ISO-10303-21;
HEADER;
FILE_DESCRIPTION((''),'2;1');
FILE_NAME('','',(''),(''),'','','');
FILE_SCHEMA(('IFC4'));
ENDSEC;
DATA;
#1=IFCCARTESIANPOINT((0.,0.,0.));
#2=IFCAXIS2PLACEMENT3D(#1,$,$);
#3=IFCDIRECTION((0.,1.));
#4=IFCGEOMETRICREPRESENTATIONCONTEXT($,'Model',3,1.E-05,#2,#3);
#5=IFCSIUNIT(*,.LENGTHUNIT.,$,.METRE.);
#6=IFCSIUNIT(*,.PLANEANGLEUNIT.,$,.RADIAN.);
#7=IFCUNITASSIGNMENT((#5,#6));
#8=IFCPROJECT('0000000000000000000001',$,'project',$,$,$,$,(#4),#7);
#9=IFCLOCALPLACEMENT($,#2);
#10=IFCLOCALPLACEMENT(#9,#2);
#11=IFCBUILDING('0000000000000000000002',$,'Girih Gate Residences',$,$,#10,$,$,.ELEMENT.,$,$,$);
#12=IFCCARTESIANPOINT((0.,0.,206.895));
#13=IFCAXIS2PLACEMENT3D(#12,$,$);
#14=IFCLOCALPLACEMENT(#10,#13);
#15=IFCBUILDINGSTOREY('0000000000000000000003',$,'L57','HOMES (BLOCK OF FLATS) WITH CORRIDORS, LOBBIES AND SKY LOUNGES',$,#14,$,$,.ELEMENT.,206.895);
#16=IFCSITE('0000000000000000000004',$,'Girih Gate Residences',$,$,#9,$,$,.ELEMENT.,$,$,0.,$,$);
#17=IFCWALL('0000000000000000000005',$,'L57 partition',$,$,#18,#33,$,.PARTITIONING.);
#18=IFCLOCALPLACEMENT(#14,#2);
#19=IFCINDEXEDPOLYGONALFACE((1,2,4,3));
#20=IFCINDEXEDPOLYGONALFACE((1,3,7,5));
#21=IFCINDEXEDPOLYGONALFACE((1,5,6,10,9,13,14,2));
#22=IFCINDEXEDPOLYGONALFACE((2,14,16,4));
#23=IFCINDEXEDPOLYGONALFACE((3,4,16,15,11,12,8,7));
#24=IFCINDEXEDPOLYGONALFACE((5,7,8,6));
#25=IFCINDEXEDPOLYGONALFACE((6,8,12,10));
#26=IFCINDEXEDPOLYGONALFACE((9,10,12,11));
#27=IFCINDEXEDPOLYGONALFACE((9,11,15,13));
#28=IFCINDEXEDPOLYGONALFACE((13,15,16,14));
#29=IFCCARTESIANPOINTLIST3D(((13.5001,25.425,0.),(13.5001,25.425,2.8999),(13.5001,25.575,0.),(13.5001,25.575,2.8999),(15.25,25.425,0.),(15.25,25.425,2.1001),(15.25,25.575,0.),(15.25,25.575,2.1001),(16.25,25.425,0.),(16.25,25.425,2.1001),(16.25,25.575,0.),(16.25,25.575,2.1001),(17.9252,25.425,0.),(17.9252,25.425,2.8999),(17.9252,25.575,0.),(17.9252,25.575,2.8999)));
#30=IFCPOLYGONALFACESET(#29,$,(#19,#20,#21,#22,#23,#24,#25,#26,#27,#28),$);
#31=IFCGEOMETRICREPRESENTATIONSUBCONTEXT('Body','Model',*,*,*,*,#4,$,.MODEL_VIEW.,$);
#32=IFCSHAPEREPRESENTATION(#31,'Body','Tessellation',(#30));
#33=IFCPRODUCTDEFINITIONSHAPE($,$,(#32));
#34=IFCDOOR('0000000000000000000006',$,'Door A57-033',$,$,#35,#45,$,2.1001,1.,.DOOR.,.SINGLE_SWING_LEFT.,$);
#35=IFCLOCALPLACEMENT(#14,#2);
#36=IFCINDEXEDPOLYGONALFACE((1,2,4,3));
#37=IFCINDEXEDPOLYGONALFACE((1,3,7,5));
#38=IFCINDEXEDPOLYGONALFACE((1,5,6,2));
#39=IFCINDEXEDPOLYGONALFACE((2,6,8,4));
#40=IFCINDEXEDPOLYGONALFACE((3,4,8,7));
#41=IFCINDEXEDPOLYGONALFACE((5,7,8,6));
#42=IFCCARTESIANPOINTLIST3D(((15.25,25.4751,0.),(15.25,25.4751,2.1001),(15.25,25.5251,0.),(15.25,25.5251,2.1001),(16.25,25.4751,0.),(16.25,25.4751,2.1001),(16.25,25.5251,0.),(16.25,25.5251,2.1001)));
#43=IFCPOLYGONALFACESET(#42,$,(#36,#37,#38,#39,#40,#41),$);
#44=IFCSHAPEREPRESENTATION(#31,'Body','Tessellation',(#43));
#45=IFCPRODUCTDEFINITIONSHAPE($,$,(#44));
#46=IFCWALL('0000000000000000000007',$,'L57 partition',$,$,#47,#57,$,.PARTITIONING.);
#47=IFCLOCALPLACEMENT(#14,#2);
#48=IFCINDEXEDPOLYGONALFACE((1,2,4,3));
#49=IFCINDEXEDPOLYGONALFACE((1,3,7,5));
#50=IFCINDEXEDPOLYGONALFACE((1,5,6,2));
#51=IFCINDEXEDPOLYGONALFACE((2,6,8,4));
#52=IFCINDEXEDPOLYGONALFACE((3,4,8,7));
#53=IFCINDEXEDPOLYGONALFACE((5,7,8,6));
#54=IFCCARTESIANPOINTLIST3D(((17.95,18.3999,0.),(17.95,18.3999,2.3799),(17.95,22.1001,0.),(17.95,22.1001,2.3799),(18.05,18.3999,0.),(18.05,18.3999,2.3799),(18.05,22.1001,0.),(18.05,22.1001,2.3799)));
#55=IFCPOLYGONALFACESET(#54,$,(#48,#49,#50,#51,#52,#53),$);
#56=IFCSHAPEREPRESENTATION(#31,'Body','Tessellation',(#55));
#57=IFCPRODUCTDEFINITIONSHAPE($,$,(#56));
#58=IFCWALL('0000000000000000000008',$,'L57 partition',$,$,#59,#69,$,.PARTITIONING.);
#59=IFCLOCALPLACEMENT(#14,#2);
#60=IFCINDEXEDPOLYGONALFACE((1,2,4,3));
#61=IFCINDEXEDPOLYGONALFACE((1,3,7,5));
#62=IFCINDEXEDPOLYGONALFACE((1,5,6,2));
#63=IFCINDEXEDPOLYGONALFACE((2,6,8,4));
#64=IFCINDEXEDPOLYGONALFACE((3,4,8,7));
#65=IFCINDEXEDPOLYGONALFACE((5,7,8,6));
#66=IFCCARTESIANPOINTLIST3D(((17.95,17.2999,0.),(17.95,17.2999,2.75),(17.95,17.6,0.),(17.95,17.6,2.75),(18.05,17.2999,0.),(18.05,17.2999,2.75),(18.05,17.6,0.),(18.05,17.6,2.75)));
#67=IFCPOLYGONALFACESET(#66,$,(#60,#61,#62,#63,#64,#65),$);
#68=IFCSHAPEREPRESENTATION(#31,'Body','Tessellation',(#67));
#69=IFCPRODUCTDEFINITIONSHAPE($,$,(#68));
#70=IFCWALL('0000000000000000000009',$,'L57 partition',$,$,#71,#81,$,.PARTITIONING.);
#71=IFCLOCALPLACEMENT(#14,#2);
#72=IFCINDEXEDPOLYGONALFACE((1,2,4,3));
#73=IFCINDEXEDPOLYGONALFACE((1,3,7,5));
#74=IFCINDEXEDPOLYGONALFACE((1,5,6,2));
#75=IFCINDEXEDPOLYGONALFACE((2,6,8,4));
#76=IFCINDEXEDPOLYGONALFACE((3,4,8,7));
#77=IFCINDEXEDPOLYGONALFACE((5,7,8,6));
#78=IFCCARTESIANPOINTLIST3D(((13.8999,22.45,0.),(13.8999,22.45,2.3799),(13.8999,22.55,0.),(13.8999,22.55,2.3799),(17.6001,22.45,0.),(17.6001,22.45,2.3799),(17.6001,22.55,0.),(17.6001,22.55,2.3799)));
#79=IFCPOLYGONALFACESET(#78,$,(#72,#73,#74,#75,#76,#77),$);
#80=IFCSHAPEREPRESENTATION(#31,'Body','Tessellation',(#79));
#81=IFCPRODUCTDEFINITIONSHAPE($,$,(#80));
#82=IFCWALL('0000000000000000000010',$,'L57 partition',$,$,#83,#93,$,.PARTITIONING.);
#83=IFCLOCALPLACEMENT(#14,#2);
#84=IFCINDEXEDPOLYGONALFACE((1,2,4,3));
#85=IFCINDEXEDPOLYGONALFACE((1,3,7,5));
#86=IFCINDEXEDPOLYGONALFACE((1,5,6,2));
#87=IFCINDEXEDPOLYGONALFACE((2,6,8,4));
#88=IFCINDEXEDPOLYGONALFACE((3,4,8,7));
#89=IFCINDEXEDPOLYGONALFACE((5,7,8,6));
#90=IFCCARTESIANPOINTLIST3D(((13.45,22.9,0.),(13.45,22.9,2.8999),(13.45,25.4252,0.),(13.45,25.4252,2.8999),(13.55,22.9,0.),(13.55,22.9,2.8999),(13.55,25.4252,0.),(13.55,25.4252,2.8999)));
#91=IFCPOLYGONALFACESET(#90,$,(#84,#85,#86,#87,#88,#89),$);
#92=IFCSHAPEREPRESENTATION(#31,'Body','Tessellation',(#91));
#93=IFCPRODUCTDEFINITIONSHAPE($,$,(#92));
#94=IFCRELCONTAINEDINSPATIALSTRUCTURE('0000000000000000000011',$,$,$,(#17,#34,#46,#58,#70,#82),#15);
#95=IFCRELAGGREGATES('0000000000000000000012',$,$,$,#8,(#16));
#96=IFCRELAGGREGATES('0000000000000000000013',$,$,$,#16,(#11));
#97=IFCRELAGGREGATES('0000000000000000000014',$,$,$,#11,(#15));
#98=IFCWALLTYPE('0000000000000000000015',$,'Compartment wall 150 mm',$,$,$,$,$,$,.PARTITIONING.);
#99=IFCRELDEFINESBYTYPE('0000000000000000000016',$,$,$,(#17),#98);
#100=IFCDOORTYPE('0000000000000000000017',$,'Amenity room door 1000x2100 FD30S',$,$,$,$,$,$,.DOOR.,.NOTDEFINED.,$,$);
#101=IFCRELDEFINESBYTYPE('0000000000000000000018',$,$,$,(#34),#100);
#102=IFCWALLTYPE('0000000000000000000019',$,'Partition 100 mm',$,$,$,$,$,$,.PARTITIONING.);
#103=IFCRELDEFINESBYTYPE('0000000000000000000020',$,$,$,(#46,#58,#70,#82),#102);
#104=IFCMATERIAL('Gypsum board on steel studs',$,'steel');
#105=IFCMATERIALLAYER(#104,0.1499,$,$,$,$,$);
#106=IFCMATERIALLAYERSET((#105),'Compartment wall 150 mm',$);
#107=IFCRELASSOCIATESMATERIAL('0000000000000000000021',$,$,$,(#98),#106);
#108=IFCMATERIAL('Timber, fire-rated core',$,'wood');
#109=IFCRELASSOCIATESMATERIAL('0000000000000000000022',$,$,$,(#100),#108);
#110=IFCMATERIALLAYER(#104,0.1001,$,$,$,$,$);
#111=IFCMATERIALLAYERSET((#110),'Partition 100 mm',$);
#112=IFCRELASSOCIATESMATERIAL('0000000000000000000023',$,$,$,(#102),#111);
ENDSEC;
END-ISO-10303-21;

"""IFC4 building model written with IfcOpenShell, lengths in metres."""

from ifc_helpers import new_model, si_unit, direction, frame, frame_2d, origin, place, context, subcontext, project, spatial, rectangle, extrude, material, layer, layer_set, type_object, element, fill, save


model = new_model("IFC4")

# Units and contexts
model_context = context("Model", 3, precision=1e-05, world=origin(), true_north=direction((0.0, 1.0)))
body_context = subcontext(model_context, "Body", "Model", "MODEL_VIEW")
ifc_project = project(units=[si_unit("LENGTHUNIT", "METRE"), si_unit("PLANEANGLEUNIT", "RADIAN")], contexts=[model_context])

# Site, building, storey
site_placement = place(None, origin())
site = spatial("IfcSite", under=ifc_project, at=site_placement, Name="Girih Gate Residences", CompositionType="ELEMENT", RefElevation=0.0)
building_placement = place(site_placement, origin())
building = spatial("IfcBuilding", under=site, at=building_placement, Name="Girih Gate Residences", CompositionType="ELEMENT")
storey_placement = place(building_placement, frame((0.0, 0.0, 206.895)))
storey = spatial("IfcBuildingStorey", under=building, at=storey_placement, Name="L57", Description="HOMES (BLOCK OF FLATS) WITH CORRIDORS, LOBBIES AND SKY LOUNGES", CompositionType="ELEMENT", Elevation=206.895)

# Shared definitions
ifc_material_1 = material(Name="Gypsum board on steel studs", Category="steel")
ifc_layer_1 = layer(ifc_material_1, 0.1499)
ifc_layer_set_1 = layer_set([ifc_layer_1], Name="Compartment wall 150 mm")
wall_type_1 = type_object("IfcWallType", Name="Compartment wall 150 mm", PredefinedType="PARTITIONING", material=ifc_layer_set_1)

# Wall, opening, door
ifc_material_2 = material(Name="Timber, fire-rated core", Category="wood")
door_type = type_object("IfcDoorType", Name="Amenity room door 1000x2100 FD30S", OperationType="NOTDEFINED", PredefinedType="DOOR", material=ifc_material_2)
wall_1_placement = place(storey_placement, frame((17.925, 25.5, 0.0), z_axis=(0.0, 0.0, 1.0), x_axis=(-1.0, 0.0, 0.0)))
wall_1 = element("IfcWall", 1, at=wall_1_placement, inside=storey, type_object=wall_type_1, Name="L57 partition", PredefinedType="PARTITIONING", context=body_context, shape_type="SweptSolid", body=[
    extrude(rectangle(XDim=4.425, YDim=0.1499, at=frame_2d((2.2124, 0.0))), origin(), (0.0, 0.0, 1.0), 2.8999),
])
opening_1_placement = place(wall_1_placement, frame((1.675, 0.0, 0.0)))
opening_1 = element("IfcOpeningElement", 2, at=opening_1_placement, cuts=wall_1, PredefinedType="OPENING", context=body_context, shape_type="SweptSolid", body=[
    extrude(rectangle(XDim=1.0, YDim=2.1001, at=frame_2d((0.5, 1.05))), frame((0.0, 0.085, 0.0), z_axis=(0.0, -1.0, 0.0), x_axis=(1.0, 0.0, 0.0)), (0.0, 0.0, 1.0), 0.1699),
])
door_1_placement = place(opening_1_placement, origin())
door_1 = element("IfcDoor", 3, at=door_1_placement, inside=storey, type_object=door_type, Name="Door A57-033", OperationType="SINGLE_SWING_LEFT", OverallHeight=2.1001, OverallWidth=1.0, PredefinedType="DOOR", context=body_context, shape_type="SweptSolid", body=[
    extrude(rectangle(XDim=1.0, YDim=2.1001, at=frame_2d((0.5, 1.05))), frame((0.0, 0.0249, 0.0), z_axis=(0.0, -1.0, 0.0), x_axis=(1.0, 0.0, 0.0)), (0.0, 0.0, 1.0), 0.05),
])
fill(opening_1, door_1)

# Walls
ifc_layer_2 = layer(ifc_material_1, 0.1001)
ifc_layer_set_2 = layer_set([ifc_layer_2], Name="Partition 100 mm")
wall_type_2 = type_object("IfcWallType", Name="Partition 100 mm", PredefinedType="PARTITIONING", material=ifc_layer_set_2)
wall_2_placement = place(storey_placement, frame((18.0, 18.3999, 0.0), z_axis=(0.0, 0.0, 1.0), x_axis=(0.0, 1.0, 0.0)))
element("IfcWall", 4, at=wall_2_placement, inside=storey, type_object=wall_type_2, Name="L57 partition", PredefinedType="PARTITIONING", context=body_context, shape_type="SweptSolid", body=[
    extrude(rectangle(XDim=3.7002, YDim=0.1001, at=frame_2d((1.8501, 0.0))), origin(), (0.0, 0.0, 1.0), 2.3799),
])
wall_3_placement = place(storey_placement, frame((18.0, 17.3, 0.0), z_axis=(0.0, 0.0, 1.0), x_axis=(0.0, 1.0, 0.0)))
element("IfcWall", 5, at=wall_3_placement, inside=storey, type_object=wall_type_2, Name="L57 partition", PredefinedType="PARTITIONING", context=body_context, shape_type="SweptSolid", body=[
    extrude(rectangle(XDim=0.3, YDim=0.1001, at=frame_2d((0.1499, 0.0))), origin(), (0.0, 0.0, 1.0), 2.75),
])
wall_4_placement = place(storey_placement, frame((13.8999, 22.5, 0.0), z_axis=(0.0, 0.0, 1.0), x_axis=(1.0, 0.0, 0.0)))
element("IfcWall", 6, at=wall_4_placement, inside=storey, type_object=wall_type_2, Name="L57 partition", PredefinedType="PARTITIONING", context=body_context, shape_type="SweptSolid", body=[
    extrude(rectangle(XDim=3.7002, YDim=0.1001, at=frame_2d((1.8501, 0.0))), origin(), (0.0, 0.0, 1.0), 2.3799),
])
wall_5_placement = place(storey_placement, frame((13.5, 22.8999, 0.0), z_axis=(0.0, 0.0, 1.0), x_axis=(0.0, 1.0, 0.0)))
element("IfcWall", 7, at=wall_5_placement, inside=storey, type_object=wall_type_2, Name="L57 partition", PredefinedType="PARTITIONING", context=body_context, shape_type="SweptSolid", body=[
    extrude(rectangle(XDim=2.5251, YDim=0.1001, at=frame_2d((1.2627, 0.0))), origin(), (0.0, 0.0, 1.0), 2.8999),
])

save(model, "model.ifc")
